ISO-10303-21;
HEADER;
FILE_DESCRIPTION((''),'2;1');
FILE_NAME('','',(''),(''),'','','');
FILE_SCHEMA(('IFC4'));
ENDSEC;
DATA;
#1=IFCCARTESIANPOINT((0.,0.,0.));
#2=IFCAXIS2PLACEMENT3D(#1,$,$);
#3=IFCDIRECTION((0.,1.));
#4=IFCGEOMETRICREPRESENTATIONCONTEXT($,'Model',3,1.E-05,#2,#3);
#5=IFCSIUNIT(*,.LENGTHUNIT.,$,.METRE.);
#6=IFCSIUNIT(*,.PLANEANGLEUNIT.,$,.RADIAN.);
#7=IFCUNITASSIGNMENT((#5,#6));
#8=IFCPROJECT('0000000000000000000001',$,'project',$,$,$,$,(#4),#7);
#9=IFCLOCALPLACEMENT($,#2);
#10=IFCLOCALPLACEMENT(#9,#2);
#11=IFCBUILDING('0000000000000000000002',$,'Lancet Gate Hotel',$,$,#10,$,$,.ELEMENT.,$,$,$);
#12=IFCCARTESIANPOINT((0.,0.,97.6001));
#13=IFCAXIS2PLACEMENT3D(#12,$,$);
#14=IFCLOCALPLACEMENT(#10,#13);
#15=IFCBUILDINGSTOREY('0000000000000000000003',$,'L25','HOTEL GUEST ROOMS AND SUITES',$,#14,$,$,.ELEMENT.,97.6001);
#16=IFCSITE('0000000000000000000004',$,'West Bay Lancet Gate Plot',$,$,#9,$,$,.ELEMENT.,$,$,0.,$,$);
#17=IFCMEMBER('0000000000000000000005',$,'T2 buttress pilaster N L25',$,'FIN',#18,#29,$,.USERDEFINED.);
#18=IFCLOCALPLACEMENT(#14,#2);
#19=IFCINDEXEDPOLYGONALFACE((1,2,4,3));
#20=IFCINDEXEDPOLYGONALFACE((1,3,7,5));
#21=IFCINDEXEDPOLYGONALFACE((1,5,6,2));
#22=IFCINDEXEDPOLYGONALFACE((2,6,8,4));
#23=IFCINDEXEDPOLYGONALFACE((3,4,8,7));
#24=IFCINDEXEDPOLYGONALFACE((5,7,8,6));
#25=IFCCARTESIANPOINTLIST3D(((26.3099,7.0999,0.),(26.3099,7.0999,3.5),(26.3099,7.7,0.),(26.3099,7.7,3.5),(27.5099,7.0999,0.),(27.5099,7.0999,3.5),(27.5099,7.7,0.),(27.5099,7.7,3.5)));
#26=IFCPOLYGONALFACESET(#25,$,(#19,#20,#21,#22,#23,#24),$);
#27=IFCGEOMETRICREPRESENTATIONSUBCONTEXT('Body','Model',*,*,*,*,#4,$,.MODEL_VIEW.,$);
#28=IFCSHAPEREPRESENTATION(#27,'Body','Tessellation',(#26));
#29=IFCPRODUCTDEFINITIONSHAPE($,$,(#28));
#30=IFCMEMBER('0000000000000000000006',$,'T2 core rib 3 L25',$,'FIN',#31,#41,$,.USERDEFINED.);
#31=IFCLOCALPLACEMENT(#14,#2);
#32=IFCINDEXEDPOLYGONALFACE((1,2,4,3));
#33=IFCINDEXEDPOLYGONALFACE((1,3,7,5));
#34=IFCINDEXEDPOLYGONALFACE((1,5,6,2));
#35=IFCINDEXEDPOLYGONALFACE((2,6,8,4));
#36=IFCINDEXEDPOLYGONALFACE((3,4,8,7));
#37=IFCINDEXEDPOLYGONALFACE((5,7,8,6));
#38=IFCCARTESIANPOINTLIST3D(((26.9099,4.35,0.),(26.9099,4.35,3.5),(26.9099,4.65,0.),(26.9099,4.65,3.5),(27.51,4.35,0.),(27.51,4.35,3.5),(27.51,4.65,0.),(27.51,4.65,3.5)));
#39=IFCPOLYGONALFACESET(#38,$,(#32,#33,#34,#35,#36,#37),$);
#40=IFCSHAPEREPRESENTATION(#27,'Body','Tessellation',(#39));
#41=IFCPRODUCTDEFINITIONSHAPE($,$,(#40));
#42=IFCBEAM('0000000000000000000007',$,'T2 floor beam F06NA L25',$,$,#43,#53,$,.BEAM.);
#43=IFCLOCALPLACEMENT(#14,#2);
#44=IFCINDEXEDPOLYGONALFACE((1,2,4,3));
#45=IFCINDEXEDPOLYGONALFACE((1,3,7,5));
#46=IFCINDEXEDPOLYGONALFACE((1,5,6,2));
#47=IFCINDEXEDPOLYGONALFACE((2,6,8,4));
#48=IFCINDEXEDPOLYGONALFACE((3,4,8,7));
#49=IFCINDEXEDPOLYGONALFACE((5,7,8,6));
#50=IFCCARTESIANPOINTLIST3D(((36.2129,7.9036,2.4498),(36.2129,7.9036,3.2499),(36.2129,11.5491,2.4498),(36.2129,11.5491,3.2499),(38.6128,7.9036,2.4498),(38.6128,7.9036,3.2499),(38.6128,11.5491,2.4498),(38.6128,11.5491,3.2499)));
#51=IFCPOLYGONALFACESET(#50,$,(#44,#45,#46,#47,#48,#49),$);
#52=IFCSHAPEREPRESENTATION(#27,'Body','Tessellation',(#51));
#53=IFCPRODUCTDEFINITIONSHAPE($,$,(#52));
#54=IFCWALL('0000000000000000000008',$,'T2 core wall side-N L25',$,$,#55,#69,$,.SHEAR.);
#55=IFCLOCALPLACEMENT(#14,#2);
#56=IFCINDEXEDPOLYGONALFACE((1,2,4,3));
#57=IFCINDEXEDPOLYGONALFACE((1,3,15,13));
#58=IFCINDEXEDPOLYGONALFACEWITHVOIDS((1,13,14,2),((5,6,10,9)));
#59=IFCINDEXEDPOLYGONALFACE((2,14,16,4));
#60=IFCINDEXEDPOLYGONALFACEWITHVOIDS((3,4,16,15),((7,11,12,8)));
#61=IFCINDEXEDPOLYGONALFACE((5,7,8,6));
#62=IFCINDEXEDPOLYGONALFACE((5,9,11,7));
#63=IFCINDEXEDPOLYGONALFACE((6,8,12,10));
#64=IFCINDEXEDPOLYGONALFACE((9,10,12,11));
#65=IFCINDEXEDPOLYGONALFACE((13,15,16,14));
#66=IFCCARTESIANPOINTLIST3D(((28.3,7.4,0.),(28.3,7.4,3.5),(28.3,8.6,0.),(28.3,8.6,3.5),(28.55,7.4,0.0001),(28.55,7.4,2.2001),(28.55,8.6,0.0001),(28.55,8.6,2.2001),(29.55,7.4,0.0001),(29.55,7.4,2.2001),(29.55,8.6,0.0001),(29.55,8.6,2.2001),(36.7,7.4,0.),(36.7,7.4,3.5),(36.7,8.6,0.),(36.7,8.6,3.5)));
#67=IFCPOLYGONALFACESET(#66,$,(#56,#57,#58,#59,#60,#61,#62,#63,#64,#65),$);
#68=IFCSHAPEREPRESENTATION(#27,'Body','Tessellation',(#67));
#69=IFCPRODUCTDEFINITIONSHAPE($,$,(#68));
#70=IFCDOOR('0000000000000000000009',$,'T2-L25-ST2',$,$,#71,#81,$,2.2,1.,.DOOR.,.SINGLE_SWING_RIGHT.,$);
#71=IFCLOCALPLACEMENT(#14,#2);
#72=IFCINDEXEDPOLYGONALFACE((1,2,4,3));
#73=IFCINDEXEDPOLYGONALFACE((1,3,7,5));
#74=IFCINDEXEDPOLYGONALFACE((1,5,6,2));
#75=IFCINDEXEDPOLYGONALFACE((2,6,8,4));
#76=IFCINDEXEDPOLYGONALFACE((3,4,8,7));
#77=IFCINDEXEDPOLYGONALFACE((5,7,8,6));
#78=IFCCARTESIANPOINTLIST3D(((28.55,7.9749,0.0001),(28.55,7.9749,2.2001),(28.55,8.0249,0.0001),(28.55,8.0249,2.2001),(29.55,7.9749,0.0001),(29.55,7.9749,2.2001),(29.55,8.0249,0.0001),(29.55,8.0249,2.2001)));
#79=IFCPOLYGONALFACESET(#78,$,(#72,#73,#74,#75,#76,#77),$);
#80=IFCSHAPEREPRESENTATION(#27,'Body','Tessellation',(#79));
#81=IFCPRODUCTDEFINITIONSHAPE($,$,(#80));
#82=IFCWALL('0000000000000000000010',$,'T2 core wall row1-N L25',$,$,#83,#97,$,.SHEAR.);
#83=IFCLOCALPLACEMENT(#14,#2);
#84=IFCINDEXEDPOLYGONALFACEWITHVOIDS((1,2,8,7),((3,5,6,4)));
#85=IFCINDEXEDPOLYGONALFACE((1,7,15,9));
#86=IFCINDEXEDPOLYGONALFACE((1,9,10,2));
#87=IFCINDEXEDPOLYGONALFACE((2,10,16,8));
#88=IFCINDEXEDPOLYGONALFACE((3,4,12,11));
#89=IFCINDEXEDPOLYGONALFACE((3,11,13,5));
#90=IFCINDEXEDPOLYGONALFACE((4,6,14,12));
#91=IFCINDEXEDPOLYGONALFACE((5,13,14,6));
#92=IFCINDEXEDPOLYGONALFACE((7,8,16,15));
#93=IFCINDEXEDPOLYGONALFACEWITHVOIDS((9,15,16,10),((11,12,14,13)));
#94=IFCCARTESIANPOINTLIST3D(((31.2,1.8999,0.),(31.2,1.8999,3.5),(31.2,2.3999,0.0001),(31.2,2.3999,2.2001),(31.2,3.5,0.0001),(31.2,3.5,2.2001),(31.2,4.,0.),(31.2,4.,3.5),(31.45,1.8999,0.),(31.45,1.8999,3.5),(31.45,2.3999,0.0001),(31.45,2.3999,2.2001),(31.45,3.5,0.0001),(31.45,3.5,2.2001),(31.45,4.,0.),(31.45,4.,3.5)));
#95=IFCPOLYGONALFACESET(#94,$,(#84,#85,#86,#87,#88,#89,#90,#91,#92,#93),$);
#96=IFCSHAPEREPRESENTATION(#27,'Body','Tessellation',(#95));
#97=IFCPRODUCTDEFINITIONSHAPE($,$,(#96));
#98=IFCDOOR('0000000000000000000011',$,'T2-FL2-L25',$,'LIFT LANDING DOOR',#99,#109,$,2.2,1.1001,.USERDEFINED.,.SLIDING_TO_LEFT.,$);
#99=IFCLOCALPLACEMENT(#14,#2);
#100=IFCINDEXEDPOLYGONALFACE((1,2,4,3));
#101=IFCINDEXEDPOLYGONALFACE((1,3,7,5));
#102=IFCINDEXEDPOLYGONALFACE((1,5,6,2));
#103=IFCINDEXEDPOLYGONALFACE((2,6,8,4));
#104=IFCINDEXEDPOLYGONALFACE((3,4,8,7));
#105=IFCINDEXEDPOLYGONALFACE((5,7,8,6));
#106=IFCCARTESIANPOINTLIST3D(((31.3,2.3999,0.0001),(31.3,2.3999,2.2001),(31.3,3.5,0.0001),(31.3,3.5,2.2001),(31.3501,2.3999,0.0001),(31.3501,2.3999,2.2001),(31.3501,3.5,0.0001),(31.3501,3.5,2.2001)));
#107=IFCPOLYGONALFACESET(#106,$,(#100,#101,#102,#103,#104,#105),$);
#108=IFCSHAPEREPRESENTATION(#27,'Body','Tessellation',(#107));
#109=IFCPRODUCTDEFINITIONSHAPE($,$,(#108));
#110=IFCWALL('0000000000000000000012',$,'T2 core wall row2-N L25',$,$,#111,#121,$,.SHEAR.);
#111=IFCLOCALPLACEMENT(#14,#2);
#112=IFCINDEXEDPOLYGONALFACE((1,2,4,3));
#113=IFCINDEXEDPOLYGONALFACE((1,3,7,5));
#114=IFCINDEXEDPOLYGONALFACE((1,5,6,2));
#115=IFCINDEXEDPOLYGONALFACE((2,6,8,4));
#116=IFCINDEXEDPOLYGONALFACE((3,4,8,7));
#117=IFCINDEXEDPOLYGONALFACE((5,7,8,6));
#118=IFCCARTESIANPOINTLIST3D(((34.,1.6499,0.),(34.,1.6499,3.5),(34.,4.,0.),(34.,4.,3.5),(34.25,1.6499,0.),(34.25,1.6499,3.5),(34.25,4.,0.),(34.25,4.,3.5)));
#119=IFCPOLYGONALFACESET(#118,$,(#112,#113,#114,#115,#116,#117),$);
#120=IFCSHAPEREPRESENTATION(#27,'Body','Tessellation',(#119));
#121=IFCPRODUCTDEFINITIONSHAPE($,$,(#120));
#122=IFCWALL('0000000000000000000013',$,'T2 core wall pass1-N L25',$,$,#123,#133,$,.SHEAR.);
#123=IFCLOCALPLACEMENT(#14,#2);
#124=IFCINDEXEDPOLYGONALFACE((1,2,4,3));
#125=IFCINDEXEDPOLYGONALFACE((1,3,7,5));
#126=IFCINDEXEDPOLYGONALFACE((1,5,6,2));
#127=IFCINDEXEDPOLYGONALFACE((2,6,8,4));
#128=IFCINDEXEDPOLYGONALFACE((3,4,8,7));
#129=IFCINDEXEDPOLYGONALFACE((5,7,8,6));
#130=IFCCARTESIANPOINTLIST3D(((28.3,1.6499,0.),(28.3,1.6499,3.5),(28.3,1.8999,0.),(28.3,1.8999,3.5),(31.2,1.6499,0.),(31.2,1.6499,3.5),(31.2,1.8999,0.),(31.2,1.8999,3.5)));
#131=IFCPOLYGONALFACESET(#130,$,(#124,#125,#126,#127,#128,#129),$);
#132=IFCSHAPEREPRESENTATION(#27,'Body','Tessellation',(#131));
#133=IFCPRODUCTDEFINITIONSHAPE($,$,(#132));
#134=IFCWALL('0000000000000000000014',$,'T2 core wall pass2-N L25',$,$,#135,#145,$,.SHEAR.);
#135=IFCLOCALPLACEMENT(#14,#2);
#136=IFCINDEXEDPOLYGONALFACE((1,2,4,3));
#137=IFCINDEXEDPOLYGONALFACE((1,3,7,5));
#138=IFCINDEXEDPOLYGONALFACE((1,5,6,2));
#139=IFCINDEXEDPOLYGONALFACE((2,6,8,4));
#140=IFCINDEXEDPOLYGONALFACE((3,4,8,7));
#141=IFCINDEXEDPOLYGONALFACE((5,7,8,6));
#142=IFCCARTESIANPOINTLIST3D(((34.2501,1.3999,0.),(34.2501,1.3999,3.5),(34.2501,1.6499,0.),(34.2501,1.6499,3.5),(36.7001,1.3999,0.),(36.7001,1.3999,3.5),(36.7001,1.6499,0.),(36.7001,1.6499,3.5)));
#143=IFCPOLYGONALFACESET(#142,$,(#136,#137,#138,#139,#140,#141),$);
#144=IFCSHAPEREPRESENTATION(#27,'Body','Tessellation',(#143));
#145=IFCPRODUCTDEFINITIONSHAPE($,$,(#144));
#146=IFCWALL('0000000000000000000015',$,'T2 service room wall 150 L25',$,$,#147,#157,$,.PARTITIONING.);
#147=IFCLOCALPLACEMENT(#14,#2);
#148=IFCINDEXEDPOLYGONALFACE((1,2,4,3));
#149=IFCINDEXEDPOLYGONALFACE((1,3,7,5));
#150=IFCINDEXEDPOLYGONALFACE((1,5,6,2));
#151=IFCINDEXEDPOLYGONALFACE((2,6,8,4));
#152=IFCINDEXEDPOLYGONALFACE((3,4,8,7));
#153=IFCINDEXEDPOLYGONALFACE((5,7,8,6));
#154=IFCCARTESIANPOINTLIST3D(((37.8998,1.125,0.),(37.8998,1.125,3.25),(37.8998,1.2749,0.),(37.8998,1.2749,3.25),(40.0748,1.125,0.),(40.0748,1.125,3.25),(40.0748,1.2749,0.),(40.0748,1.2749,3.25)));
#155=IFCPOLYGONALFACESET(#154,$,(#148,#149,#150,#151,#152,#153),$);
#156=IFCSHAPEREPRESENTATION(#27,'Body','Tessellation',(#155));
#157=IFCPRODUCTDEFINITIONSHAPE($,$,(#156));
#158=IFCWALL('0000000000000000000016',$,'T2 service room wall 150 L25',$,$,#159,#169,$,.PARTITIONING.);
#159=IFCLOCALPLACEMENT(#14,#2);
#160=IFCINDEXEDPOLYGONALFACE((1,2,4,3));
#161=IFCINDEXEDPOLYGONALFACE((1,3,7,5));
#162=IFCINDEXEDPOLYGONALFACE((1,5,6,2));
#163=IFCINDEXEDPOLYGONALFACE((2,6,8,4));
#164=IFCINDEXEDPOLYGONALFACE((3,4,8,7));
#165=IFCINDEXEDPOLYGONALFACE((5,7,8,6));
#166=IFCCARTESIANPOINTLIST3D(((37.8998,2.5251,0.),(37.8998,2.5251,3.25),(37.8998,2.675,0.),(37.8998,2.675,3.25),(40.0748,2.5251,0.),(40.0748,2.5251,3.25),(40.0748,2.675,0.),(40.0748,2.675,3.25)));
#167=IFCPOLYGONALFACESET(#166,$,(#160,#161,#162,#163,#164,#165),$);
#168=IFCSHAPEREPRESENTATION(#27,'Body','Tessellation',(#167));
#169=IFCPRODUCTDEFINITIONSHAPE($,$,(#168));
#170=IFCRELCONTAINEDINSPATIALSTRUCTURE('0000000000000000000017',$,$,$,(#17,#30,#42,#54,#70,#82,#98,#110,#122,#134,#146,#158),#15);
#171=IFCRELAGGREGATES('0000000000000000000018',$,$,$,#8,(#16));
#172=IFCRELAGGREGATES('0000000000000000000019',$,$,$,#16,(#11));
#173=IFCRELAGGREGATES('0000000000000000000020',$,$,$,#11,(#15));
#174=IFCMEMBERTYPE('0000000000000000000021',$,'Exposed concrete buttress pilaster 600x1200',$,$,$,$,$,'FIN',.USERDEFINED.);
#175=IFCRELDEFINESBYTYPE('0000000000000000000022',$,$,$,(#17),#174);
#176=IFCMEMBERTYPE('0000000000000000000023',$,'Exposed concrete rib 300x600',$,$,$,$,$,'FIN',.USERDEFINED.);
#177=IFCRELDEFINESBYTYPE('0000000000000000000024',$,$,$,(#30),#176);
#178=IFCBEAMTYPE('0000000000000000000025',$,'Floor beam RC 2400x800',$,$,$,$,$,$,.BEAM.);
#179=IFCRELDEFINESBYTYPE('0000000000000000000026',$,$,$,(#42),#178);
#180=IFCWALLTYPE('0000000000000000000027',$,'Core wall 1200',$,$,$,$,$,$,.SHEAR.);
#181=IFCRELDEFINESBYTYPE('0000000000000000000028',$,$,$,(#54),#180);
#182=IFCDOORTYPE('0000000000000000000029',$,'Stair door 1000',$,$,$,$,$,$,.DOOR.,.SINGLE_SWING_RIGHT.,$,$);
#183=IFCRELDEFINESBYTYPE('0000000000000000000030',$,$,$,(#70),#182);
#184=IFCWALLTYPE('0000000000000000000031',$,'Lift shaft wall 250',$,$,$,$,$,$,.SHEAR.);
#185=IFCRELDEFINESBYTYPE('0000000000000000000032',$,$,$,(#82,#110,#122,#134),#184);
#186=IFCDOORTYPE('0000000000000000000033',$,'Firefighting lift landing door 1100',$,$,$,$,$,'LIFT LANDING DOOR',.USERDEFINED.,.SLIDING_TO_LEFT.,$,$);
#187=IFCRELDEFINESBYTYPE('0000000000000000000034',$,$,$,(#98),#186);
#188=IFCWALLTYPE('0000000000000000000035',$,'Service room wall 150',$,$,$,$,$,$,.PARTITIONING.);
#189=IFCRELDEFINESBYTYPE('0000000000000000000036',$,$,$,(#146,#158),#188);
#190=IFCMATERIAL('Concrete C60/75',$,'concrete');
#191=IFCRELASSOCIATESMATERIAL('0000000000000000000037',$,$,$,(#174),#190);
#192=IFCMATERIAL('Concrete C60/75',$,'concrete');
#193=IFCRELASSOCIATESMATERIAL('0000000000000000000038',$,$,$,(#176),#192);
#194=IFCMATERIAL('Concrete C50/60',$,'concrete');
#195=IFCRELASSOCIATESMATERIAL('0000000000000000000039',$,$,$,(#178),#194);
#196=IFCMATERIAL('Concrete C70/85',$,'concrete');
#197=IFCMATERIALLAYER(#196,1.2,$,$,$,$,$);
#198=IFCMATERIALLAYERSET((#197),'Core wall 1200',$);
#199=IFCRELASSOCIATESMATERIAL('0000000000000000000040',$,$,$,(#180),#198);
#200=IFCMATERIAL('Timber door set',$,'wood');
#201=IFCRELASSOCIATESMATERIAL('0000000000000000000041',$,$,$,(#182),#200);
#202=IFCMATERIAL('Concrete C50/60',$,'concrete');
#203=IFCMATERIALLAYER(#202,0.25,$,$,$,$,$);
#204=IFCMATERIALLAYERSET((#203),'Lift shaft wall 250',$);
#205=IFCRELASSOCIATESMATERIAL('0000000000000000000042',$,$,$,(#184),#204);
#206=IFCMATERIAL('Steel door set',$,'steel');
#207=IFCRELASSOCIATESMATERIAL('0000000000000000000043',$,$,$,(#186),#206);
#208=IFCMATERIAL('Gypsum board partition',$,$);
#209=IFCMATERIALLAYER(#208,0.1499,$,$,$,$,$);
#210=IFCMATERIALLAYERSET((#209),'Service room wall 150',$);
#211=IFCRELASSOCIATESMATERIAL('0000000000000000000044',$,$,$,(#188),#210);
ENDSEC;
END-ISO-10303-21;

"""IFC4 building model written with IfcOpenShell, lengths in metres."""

from ifc_helpers import new_model, si_unit, direction, frame, frame_2d, origin, origin_2d, place, context, subcontext, project, spatial, rectangle, extrude, material, layer, layer_set, material_profile, profile_set, type_object, element, fill, save


model = new_model("IFC4")

# Units and contexts
model_context = context("Model", 3, precision=1e-05, world=origin(), true_north=direction((0.0, 1.0)))
body_context = subcontext(model_context, "Body", "Model", "MODEL_VIEW")
ifc_project = project(units=[si_unit("LENGTHUNIT", "METRE"), si_unit("PLANEANGLEUNIT", "RADIAN")], contexts=[model_context])

# Site, building, storey
site_placement = place(None, origin())
site = spatial("IfcSite", under=ifc_project, at=site_placement, Name="West Bay Lancet Gate Plot", CompositionType="ELEMENT", RefElevation=0.0)
building_placement = place(site_placement, origin())
building = spatial("IfcBuilding", under=site, at=building_placement, Name="Lancet Gate Hotel", CompositionType="ELEMENT")
storey_placement = place(building_placement, frame((0.0, 0.0, 97.6001)))
storey = spatial("IfcBuildingStorey", under=building, at=storey_placement, Name="L25", Description="HOTEL GUEST ROOMS AND SUITES", CompositionType="ELEMENT", Elevation=97.6001)

# Members
ifc_material_1 = material(Name="Concrete C60/75", Category="concrete")
ifc_material_profile_1 = material_profile(ifc_material_1, rectangle(XDim=0.6001, YDim=1.2, at=origin_2d()), Name="FIN 600x1200")
ifc_profile_set_1 = profile_set([ifc_material_profile_1], Name="Concrete C60/75")
member_type_1 = type_object("IfcMemberType", Name="Exposed concrete buttress pilaster 600x1200", ElementType="FIN", PredefinedType="USERDEFINED", material=ifc_profile_set_1)
member_1_placement = place(storey_placement, frame((26.9099, 7.3999, 0.0), z_axis=(0.0, 0.0, 1.0), x_axis=(0.0, 1.0, 0.0)))
element("IfcMember", 1, at=member_1_placement, inside=storey, type_object=member_type_1, Name="T2 buttress pilaster N L25", ObjectType="FIN", PredefinedType="USERDEFINED", context=body_context, shape_type="SweptSolid", body=[
    extrude(rectangle(XDim=0.6001, YDim=1.2, at=origin_2d()), origin(), (0.0, 0.0, 1.0), 3.5),
])
ifc_material_2 = material(Name="Concrete C60/75", Category="concrete")
ifc_material_profile_2 = material_profile(ifc_material_2, rectangle(XDim=0.3, YDim=0.6001, at=origin_2d()), Name="FIN 300x600")
ifc_profile_set_2 = profile_set([ifc_material_profile_2], Name="Concrete C60/75")
member_type_2 = type_object("IfcMemberType", Name="Exposed concrete rib 300x600", ElementType="FIN", PredefinedType="USERDEFINED", material=ifc_profile_set_2)
member_2_placement = place(storey_placement, frame((27.21, 4.5, 0.0), z_axis=(0.0, 0.0, 1.0), x_axis=(0.0, 1.0, 0.0)))
element("IfcMember", 2, at=member_2_placement, inside=storey, type_object=member_type_2, Name="T2 core rib 3 L25", ObjectType="FIN", PredefinedType="USERDEFINED", context=body_context, shape_type="SweptSolid", body=[
    extrude(rectangle(XDim=0.3, YDim=0.6001, at=origin_2d()), origin(), (0.0, 0.0, 1.0), 3.5),
])

# Beam
ifc_material_3 = material(Name="Concrete C50/60", Category="concrete")
ifc_material_profile_3 = material_profile(ifc_material_3, rectangle(XDim=2.3999, YDim=0.8, at=origin_2d()), Name="RC 2400x800")
ifc_profile_set_3 = profile_set([ifc_material_profile_3], Name="Concrete C50/60")
beam_type = type_object("IfcBeamType", Name="Floor beam RC 2400x800", PredefinedType="BEAM", material=ifc_profile_set_3)
beam_placement = place(storey_placement, frame((37.4128, 7.9036, 2.8499), z_axis=(0.0, 1.0, 0.0), x_axis=(-1.0, 0.0, 0.0)))
element("IfcBeam", 3, at=beam_placement, inside=storey, type_object=beam_type, Name="T2 floor beam F06NA L25", PredefinedType="BEAM", context=body_context, shape_type="SweptSolid", body=[
    extrude(rectangle(XDim=2.3999, YDim=0.8, at=origin_2d()), origin(), (0.0, 0.0, 1.0), 3.6455),
])

# Walls, openings, doors
ifc_material_4 = material(Name="Concrete C70/85", Category="concrete")
ifc_layer_1 = layer(ifc_material_4, 1.2)
ifc_layer_set_1 = layer_set([ifc_layer_1], Name="Core wall 1200")
wall_type_1 = type_object("IfcWallType", Name="Core wall 1200", PredefinedType="SHEAR", material=ifc_layer_set_1)
wall_1_placement = place(storey_placement, frame((28.3, 8.0, 0.0), z_axis=(0.0, 0.0, 1.0), x_axis=(1.0, 0.0, 0.0)))
wall_1 = element("IfcWall", 4, at=wall_1_placement, inside=storey, type_object=wall_type_1, Name="T2 core wall side-N L25", PredefinedType="SHEAR", context=body_context, shape_type="SweptSolid", body=[
    extrude(rectangle(XDim=8.3999, YDim=1.2, at=frame_2d((4.2, 0.0))), origin(), (0.0, 0.0, 1.0), 3.5),
])
opening_1_placement = place(wall_1_placement, frame((0.25, 0.0, 0.0)))
opening_1 = element("IfcOpeningElement", 5, at=opening_1_placement, cuts=wall_1, PredefinedType="OPENING", context=body_context, shape_type="SweptSolid", body=[
    extrude(rectangle(XDim=1.0, YDim=2.2, at=frame_2d((0.5, 1.1001))), frame((0.0, 0.6099, 0.0), z_axis=(0.0, -1.0, 0.0), x_axis=(1.0, 0.0, 0.0)), (0.0, 0.0, 1.0), 1.22),
])
ifc_material_5 = material(Name="Timber door set", Category="wood")
door_type_1 = type_object("IfcDoorType", Name="Stair door 1000", OperationType="SINGLE_SWING_RIGHT", PredefinedType="DOOR", material=ifc_material_5)
door_1_placement = place(opening_1_placement, origin())
door_1 = element("IfcDoor", 6, at=door_1_placement, inside=storey, type_object=door_type_1, Name="T2-L25-ST2", OperationType="SINGLE_SWING_RIGHT", OverallHeight=2.2, OverallWidth=1.0, PredefinedType="DOOR", context=body_context, shape_type="SweptSolid", body=[
    extrude(rectangle(XDim=1.0, YDim=2.2, at=frame_2d((0.5, 1.1001))), frame((0.0, 0.0249, 0.0), z_axis=(0.0, -1.0, 0.0), x_axis=(1.0, 0.0, 0.0)), (0.0, 0.0, 1.0), 0.05),
])
fill(opening_1, door_1)
ifc_material_6 = material(Name="Concrete C50/60", Category="concrete")
ifc_layer_2 = layer(ifc_material_6, 0.25)
ifc_layer_set_2 = layer_set([ifc_layer_2], Name="Lift shaft wall 250")
wall_type_2 = type_object("IfcWallType", Name="Lift shaft wall 250", PredefinedType="SHEAR", material=ifc_layer_set_2)
wall_2_placement = place(storey_placement, frame((31.325, 1.8999, 0.0), z_axis=(0.0, 0.0, 1.0), x_axis=(0.0, 1.0, 0.0)))
wall_2 = element("IfcWall", 7, at=wall_2_placement, inside=storey, type_object=wall_type_2, Name="T2 core wall row1-N L25", PredefinedType="SHEAR", context=body_context, shape_type="SweptSolid", body=[
    extrude(rectangle(XDim=2.1001, YDim=0.25, at=frame_2d((1.05, 0.0))), origin(), (0.0, 0.0, 1.0), 3.5),
])
opening_2_placement = place(wall_2_placement, frame((0.5, 0.0, 0.0)))
opening_2 = element("IfcOpeningElement", 8, at=opening_2_placement, cuts=wall_2, PredefinedType="OPENING", context=body_context, shape_type="SweptSolid", body=[
    extrude(rectangle(XDim=1.1001, YDim=2.2, at=frame_2d((0.55, 1.1001))), frame((0.0, 0.135, 0.0), z_axis=(0.0, -1.0, 0.0), x_axis=(1.0, 0.0, 0.0)), (0.0, 0.0, 1.0), 0.27),
])
ifc_material_7 = material(Name="Steel door set", Category="steel")
door_type_2 = type_object("IfcDoorType", Name="Firefighting lift landing door 1100", ElementType="LIFT LANDING DOOR", OperationType="SLIDING_TO_LEFT", PredefinedType="USERDEFINED", material=ifc_material_7)
door_2_placement = place(opening_2_placement, origin())
door_2 = element("IfcDoor", 9, at=door_2_placement, inside=storey, type_object=door_type_2, Name="T2-FL2-L25", ObjectType="LIFT LANDING DOOR", OperationType="SLIDING_TO_LEFT", OverallHeight=2.2, OverallWidth=1.1001, PredefinedType="USERDEFINED", context=body_context, shape_type="SweptSolid", body=[
    extrude(rectangle(XDim=1.1001, YDim=2.2, at=frame_2d((0.55, 1.1001))), frame((0.0, 0.0249, 0.0), z_axis=(0.0, -1.0, 0.0), x_axis=(1.0, 0.0, 0.0)), (0.0, 0.0, 1.0), 0.05),
])
fill(opening_2, door_2)

# Walls
wall_3_placement = place(storey_placement, frame((34.125, 1.6499, 0.0), z_axis=(0.0, 0.0, 1.0), x_axis=(0.0, 1.0, 0.0)))
element("IfcWall", 10, at=wall_3_placement, inside=storey, type_object=wall_type_2, Name="T2 core wall row2-N L25", PredefinedType="SHEAR", context=body_context, shape_type="SweptSolid", body=[
    extrude(rectangle(XDim=2.3501, YDim=0.25, at=frame_2d((1.175, 0.0))), origin(), (0.0, 0.0, 1.0), 3.5),
])
wall_4_placement = place(storey_placement, frame((28.3, 1.7749, 0.0), z_axis=(0.0, 0.0, 1.0), x_axis=(1.0, 0.0, 0.0)))
element("IfcWall", 11, at=wall_4_placement, inside=storey, type_object=wall_type_2, Name="T2 core wall pass1-N L25", PredefinedType="SHEAR", context=body_context, shape_type="SweptSolid", body=[
    extrude(rectangle(XDim=2.8999, YDim=0.25, at=frame_2d((1.45, 0.0))), origin(), (0.0, 0.0, 1.0), 3.5),
])
wall_5_placement = place(storey_placement, frame((34.25, 1.5249, 0.0), z_axis=(0.0, 0.0, 1.0), x_axis=(1.0, 0.0, 0.0)))
element("IfcWall", 12, at=wall_5_placement, inside=storey, type_object=wall_type_2, Name="T2 core wall pass2-N L25", PredefinedType="SHEAR", context=body_context, shape_type="SweptSolid", body=[
    extrude(rectangle(XDim=2.45, YDim=0.25, at=frame_2d((1.2251, 0.0))), origin(), (0.0, 0.0, 1.0), 3.5),
])
ifc_material_8 = material(Name="Gypsum board partition")
ifc_layer_3 = layer(ifc_material_8, 0.1499)
ifc_layer_set_3 = layer_set([ifc_layer_3], Name="Service room wall 150")
wall_type_3 = type_object("IfcWallType", Name="Service room wall 150", PredefinedType="PARTITIONING", material=ifc_layer_set_3)
for number, where, z_axis, x_axis, name in (
    (13, (37.8999, 1.2, 0.0), (0.0, 0.0, 1.0), (1.0, 0.0, 0.0), "T2 service room wall 150 L25"),
    (14, (37.8999, 2.6001, 0.0), (0.0, 0.0, 1.0), (1.0, 0.0, 0.0), "T2 service room wall 150 L25"),
):
    element("IfcWall", number, at=place(storey_placement, frame(where, z_axis=z_axis, x_axis=x_axis)), inside=storey, type_object=wall_type_3, Name=name, PredefinedType="PARTITIONING", context=body_context, shape_type="SweptSolid", body=[
        extrude(rectangle(XDim=2.175, YDim=0.1499, at=frame_2d((1.0874, 0.0))), origin(), (0.0, 0.0, 1.0), 3.25),
    ])

save(model, "model.ifc")
